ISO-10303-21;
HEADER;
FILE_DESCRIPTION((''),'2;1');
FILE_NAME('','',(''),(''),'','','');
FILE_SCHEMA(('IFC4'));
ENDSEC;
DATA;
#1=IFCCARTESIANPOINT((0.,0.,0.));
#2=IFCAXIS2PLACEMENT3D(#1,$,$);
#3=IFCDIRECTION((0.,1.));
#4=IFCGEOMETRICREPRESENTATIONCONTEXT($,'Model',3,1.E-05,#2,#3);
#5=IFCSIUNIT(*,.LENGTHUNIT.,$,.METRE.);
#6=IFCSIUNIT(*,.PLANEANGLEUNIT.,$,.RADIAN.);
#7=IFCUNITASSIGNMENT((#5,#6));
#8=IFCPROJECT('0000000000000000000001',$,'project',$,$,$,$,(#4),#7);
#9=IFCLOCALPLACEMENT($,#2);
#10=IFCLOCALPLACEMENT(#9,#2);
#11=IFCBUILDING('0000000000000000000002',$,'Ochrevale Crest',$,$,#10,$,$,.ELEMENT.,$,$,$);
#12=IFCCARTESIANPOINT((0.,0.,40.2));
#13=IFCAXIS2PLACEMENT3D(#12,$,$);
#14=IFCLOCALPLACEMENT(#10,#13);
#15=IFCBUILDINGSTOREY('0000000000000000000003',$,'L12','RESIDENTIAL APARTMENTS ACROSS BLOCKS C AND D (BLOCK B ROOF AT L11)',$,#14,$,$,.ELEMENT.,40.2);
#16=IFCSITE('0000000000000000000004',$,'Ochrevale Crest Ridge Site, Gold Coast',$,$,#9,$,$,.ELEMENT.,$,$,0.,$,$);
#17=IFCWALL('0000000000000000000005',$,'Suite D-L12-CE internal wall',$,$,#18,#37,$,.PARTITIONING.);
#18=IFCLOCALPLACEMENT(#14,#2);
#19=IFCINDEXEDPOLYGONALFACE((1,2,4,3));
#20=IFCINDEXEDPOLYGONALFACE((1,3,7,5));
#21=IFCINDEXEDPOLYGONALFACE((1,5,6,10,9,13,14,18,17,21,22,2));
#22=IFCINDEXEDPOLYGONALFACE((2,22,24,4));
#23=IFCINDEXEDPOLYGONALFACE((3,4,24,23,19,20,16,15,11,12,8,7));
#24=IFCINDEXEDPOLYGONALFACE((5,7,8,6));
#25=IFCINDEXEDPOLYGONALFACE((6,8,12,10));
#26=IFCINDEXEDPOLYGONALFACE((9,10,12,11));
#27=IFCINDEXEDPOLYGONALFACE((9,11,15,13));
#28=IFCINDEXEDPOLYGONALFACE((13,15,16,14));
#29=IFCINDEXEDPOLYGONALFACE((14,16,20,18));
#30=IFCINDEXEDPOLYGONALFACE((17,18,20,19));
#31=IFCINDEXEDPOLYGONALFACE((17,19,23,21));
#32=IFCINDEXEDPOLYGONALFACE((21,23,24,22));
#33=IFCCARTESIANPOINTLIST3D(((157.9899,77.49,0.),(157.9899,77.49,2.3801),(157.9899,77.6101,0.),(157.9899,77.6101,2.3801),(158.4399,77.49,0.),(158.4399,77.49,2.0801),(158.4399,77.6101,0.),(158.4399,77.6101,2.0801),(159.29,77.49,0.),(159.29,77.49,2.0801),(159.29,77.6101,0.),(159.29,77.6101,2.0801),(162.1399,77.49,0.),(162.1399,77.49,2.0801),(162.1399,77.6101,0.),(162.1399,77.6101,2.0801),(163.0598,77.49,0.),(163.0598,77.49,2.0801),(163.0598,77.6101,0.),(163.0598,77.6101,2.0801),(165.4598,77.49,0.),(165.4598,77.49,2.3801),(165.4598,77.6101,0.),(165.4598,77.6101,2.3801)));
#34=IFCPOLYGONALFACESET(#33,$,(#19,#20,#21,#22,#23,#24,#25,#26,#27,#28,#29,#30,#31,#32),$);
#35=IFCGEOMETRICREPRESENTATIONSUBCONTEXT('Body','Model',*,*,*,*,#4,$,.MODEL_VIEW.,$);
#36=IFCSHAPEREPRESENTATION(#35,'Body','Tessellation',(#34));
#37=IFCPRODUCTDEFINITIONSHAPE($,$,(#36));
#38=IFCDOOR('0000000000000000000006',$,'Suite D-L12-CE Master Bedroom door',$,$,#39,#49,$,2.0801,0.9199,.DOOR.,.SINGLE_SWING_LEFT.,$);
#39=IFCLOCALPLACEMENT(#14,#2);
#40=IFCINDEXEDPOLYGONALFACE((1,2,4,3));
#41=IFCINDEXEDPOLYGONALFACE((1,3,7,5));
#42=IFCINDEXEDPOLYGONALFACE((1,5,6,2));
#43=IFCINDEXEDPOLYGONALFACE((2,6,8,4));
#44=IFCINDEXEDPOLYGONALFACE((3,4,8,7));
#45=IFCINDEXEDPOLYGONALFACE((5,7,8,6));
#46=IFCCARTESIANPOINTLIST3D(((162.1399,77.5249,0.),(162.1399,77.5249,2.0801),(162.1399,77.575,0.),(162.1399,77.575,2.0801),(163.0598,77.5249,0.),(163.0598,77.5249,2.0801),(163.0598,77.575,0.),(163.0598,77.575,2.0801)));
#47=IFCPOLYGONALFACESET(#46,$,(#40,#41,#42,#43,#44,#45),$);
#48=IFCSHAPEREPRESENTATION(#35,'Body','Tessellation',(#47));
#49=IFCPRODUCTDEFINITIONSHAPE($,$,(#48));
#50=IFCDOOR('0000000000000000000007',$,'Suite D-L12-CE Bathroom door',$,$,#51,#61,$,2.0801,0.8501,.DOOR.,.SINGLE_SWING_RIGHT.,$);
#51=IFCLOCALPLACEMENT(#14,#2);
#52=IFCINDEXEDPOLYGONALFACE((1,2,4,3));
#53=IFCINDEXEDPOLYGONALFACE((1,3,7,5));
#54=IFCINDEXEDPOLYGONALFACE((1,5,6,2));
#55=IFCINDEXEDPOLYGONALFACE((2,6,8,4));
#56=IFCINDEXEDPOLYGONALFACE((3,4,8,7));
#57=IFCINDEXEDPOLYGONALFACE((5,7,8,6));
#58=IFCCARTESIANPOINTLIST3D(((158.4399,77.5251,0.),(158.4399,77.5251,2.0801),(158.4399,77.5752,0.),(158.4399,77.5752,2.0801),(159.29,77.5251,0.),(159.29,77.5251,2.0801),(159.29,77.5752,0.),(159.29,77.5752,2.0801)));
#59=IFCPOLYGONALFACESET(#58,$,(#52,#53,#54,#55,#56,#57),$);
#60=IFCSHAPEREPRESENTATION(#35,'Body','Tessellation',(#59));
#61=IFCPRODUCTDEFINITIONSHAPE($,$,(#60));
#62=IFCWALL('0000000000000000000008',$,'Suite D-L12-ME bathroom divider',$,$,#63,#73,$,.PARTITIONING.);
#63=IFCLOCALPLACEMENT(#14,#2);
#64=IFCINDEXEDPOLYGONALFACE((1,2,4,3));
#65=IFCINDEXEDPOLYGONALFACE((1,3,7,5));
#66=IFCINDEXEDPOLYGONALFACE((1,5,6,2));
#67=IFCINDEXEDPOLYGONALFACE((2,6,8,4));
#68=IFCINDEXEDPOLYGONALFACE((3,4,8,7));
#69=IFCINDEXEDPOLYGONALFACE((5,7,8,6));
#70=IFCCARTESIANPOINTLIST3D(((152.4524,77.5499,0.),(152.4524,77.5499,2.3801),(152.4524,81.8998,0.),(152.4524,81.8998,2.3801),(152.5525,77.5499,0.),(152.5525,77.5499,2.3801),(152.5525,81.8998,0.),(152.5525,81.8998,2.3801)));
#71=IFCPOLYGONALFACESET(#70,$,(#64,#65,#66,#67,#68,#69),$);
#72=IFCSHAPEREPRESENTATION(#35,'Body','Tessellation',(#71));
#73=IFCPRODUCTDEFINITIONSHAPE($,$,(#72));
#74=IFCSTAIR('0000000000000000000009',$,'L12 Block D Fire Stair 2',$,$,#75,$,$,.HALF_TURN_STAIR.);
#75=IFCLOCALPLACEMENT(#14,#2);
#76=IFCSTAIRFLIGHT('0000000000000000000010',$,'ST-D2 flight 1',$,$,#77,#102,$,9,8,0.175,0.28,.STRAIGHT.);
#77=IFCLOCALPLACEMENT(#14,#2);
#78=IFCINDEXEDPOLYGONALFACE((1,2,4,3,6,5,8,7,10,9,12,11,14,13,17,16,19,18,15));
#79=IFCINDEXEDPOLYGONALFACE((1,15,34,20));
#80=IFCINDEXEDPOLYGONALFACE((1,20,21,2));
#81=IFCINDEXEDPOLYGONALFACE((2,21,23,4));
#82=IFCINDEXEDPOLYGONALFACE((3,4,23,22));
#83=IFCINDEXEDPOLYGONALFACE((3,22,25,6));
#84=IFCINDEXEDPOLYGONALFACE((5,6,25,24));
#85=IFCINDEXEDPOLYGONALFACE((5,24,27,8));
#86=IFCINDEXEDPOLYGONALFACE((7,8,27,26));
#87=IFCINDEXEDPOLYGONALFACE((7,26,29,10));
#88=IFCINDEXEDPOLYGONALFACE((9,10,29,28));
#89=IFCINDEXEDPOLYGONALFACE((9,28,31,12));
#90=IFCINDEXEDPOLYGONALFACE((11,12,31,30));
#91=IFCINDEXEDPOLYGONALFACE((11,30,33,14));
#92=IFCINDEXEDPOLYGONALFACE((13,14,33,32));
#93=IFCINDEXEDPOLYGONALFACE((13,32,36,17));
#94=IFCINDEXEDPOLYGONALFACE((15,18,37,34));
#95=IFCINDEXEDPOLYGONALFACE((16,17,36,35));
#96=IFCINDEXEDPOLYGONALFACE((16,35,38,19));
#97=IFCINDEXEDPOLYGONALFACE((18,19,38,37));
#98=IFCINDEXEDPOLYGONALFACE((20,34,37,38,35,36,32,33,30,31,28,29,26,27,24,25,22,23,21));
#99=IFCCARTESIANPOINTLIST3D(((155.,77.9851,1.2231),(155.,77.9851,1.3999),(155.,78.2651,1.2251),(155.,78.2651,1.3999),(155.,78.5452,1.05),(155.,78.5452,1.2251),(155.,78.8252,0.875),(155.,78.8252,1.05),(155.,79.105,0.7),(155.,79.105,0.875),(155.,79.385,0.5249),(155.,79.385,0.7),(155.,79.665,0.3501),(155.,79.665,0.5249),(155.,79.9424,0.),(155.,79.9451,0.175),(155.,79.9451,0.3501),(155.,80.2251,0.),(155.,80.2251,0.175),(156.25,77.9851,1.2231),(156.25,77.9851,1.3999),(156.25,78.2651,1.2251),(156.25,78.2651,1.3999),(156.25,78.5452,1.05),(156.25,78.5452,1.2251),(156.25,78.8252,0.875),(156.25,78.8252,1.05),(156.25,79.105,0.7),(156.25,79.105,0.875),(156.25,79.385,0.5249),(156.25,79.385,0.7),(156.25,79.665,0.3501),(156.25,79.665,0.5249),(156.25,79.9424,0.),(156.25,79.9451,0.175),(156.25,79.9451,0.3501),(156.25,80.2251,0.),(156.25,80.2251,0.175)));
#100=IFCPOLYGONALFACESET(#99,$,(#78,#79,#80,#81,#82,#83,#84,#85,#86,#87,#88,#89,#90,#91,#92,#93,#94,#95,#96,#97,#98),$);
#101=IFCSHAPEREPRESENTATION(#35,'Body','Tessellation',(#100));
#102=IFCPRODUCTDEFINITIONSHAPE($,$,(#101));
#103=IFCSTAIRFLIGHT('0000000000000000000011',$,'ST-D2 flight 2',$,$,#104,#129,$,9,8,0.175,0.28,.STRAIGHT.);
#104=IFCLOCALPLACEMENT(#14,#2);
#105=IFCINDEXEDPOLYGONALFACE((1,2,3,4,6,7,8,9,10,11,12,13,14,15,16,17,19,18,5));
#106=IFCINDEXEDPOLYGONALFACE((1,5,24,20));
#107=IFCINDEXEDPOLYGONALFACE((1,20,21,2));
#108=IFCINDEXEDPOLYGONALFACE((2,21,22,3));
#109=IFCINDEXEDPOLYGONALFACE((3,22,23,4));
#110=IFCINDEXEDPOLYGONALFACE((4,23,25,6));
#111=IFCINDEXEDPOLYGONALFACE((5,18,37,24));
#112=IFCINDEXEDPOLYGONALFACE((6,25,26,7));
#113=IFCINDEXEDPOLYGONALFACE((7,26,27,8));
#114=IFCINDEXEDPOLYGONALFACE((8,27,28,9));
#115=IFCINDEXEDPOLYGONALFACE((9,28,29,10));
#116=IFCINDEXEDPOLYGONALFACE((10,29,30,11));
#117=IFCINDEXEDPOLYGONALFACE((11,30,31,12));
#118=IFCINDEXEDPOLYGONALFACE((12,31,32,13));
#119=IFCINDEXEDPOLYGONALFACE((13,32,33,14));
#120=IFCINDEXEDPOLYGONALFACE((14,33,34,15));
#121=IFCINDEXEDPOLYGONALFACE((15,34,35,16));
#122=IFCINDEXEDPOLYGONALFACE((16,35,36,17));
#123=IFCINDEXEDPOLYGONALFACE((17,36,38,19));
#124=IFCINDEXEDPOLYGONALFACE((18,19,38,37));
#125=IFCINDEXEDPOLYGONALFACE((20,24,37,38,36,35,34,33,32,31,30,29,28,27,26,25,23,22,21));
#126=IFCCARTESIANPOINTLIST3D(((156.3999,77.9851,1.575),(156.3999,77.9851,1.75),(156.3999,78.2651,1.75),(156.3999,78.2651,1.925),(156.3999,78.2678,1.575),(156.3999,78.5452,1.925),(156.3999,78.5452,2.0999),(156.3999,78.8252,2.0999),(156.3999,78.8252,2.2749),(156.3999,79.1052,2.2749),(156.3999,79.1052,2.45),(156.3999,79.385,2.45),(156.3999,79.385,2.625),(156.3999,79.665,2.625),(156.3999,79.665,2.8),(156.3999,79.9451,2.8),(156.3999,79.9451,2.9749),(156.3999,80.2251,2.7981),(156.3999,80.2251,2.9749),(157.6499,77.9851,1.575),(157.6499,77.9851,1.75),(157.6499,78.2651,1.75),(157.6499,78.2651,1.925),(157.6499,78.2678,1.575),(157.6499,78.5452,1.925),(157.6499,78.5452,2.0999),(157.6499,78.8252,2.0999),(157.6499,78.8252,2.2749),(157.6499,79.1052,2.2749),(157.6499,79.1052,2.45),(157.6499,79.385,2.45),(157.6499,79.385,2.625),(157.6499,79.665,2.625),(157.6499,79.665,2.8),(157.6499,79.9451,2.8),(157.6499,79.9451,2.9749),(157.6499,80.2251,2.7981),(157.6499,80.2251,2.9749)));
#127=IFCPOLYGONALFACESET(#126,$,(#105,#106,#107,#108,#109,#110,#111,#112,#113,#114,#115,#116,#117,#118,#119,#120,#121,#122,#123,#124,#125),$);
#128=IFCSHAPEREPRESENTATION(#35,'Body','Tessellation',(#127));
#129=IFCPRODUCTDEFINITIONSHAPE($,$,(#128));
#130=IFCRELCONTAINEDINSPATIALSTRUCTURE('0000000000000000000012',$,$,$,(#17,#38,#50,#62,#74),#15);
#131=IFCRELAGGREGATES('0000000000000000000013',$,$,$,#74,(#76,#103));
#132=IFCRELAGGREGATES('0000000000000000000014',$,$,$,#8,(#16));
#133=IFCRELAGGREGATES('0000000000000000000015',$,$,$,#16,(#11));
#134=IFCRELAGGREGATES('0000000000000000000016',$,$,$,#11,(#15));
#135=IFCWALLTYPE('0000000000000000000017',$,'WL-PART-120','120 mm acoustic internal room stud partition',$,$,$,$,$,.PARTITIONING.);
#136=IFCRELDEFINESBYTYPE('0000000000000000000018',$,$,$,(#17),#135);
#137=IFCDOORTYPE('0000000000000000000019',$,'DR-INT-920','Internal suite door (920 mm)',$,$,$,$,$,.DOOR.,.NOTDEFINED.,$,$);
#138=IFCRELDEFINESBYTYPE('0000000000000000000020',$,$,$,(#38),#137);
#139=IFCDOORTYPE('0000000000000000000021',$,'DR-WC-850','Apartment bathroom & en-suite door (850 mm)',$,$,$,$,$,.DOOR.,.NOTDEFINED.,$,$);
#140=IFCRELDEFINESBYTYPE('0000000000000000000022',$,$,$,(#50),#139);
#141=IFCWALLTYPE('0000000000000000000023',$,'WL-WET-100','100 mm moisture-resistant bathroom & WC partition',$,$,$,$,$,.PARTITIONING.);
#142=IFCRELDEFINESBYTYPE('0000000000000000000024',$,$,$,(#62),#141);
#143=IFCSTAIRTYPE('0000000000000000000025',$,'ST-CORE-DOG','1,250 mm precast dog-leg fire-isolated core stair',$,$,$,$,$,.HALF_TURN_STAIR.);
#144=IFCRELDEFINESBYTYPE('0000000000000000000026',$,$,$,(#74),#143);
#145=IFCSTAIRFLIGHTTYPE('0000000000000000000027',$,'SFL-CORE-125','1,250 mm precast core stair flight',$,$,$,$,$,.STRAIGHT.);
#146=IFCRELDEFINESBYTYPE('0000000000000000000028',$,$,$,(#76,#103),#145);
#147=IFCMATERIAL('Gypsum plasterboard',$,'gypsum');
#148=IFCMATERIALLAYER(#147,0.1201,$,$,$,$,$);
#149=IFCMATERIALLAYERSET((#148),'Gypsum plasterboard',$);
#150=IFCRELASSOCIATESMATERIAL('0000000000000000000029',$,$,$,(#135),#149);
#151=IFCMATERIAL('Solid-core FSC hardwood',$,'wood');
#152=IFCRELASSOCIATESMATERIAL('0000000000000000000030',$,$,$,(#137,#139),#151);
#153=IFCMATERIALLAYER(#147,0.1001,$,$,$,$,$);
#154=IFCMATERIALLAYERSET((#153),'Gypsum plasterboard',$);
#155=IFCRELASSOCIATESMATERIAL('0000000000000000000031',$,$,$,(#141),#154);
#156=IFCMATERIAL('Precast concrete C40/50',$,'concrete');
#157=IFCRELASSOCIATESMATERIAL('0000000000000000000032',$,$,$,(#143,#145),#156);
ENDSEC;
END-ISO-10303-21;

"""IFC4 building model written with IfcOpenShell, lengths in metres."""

from ifc_helpers import new_model, si_unit, direction, frame, frame_2d, origin, place, context, subcontext, project, spatial, polyline, rectangle, outline, extrude, material, layer, layer_set, type_object, element, fill, aggregate, save


model = new_model("IFC4")

# Units and contexts
model_context = context("Model", 3, precision=1e-05, world=origin(), true_north=direction((0.0, 1.0)))
body_context = subcontext(model_context, "Body", "Model", "MODEL_VIEW")
ifc_project = project(units=[si_unit("LENGTHUNIT", "METRE"), si_unit("PLANEANGLEUNIT", "RADIAN")], contexts=[model_context])

# Site, building, storey
site_placement = place(None, origin())
site = spatial("IfcSite", under=ifc_project, at=site_placement, Name="Ochrevale Crest Ridge Site, Gold Coast", CompositionType="ELEMENT", RefElevation=0.0)
building_placement = place(site_placement, origin())
building = spatial("IfcBuilding", under=site, at=building_placement, Name="Ochrevale Crest", CompositionType="ELEMENT")
storey_placement = place(building_placement, frame((0.0, 0.0, 40.2)))
storey = spatial("IfcBuildingStorey", under=building, at=storey_placement, Name="L12", Description="RESIDENTIAL APARTMENTS ACROSS BLOCKS C AND D (BLOCK B ROOF AT L11)", CompositionType="ELEMENT", Elevation=40.2)

# Wall, openings, doors
ifc_material_1 = material(Name="Gypsum plasterboard", Category="gypsum")
ifc_layer_1 = layer(ifc_material_1, 0.1201)
ifc_layer_set_1 = layer_set([ifc_layer_1], Name="Gypsum plasterboard")
wall_type_1 = type_object("IfcWallType", Name="WL-PART-120", Description="120 mm acoustic internal room stud partition", PredefinedType="PARTITIONING", material=ifc_layer_set_1)
ifc_material_2 = material(Name="Solid-core FSC hardwood", Category="wood")
door_type_1 = type_object("IfcDoorType", Name="DR-INT-920", Description="Internal suite door (920 mm)", OperationType="NOTDEFINED", PredefinedType="DOOR", material=ifc_material_2)
door_type_2 = type_object("IfcDoorType", Name="DR-WC-850", Description="Apartment bathroom & en-suite door (850 mm)", OperationType="NOTDEFINED", PredefinedType="DOOR", material=ifc_material_2)
wall_1_placement = place(storey_placement, frame((157.99, 77.55, 0.0), z_axis=(0.0, 0.0, 1.0), x_axis=(1.0, 0.0, 0.0)))
wall_1 = element("IfcWall", 1, at=wall_1_placement, inside=storey, type_object=wall_type_1, Name="Suite D-L12-CE internal wall", PredefinedType="PARTITIONING", context=body_context, shape_type="SweptSolid", body=[
    extrude(rectangle(XDim=7.47, YDim=0.1201, at=frame_2d((3.7349, 0.0))), origin(), (0.0, 0.0, 1.0), 2.3801),
])
opening_1_placement = place(wall_1_placement, frame((1.3, 0.0, 0.0), z_axis=(0.0, 0.0, 1.0), x_axis=(-1.0, 0.0, 0.0)))
opening_1 = element("IfcOpeningElement", 2, at=opening_1_placement, cuts=wall_1, PredefinedType="OPENING", context=body_context, shape_type="SweptSolid", body=[
    extrude(rectangle(XDim=0.8501, YDim=2.0801, at=frame_2d((0.425, 1.04))), frame((0.0, 0.0701, 0.0), z_axis=(0.0, -1.0, 0.0), x_axis=(1.0, 0.0, 0.0)), (0.0, 0.0, 1.0), 0.1401),
])
opening_2_placement = place(wall_1_placement, frame((4.1499, 0.0, 0.0)))
opening_2 = element("IfcOpeningElement", 3, at=opening_2_placement, cuts=wall_1, PredefinedType="OPENING", context=body_context, shape_type="SweptSolid", body=[
    extrude(rectangle(XDim=0.9199, YDim=2.0801, at=frame_2d((0.46, 1.04))), frame((0.0, 0.0701, 0.0), z_axis=(0.0, -1.0, 0.0), x_axis=(1.0, 0.0, 0.0)), (0.0, 0.0, 1.0), 0.1401),
])
door_1_placement = place(opening_2_placement, origin())
door_1 = element("IfcDoor", 4, at=door_1_placement, inside=storey, type_object=door_type_1, Name="Suite D-L12-CE Master Bedroom door", OperationType="SINGLE_SWING_LEFT", OverallHeight=2.0801, OverallWidth=0.9199, PredefinedType="DOOR", context=body_context, shape_type="SweptSolid", body=[
    extrude(rectangle(XDim=0.9199, YDim=2.0801, at=frame_2d((0.46, 1.04))), frame((0.0, 0.0249, 0.0), z_axis=(0.0, -1.0, 0.0), x_axis=(1.0, 0.0, 0.0)), (0.0, 0.0, 1.0), 0.05),
])
fill(opening_2, door_1)
door_2_placement = place(opening_1_placement, origin())
door_2 = element("IfcDoor", 5, at=door_2_placement, inside=storey, type_object=door_type_2, Name="Suite D-L12-CE Bathroom door", OperationType="SINGLE_SWING_RIGHT", OverallHeight=2.0801, OverallWidth=0.8501, PredefinedType="DOOR", context=body_context, shape_type="SweptSolid", body=[
    extrude(rectangle(XDim=0.8501, YDim=2.0801, at=frame_2d((0.425, 1.04))), frame((0.0, 0.0249, 0.0), z_axis=(0.0, -1.0, 0.0), x_axis=(1.0, 0.0, 0.0)), (0.0, 0.0, 1.0), 0.05),
])
fill(opening_1, door_2)

# Wall
ifc_layer_2 = layer(ifc_material_1, 0.1001)
ifc_layer_set_2 = layer_set([ifc_layer_2], Name="Gypsum plasterboard")
wall_type_2 = type_object("IfcWallType", Name="WL-WET-100", Description="100 mm moisture-resistant bathroom & WC partition", PredefinedType="PARTITIONING", material=ifc_layer_set_2)
wall_2_placement = place(storey_placement, frame((152.5024, 77.55, 0.0), z_axis=(0.0, 0.0, 1.0), x_axis=(0.0, 1.0, 0.0)))
element("IfcWall", 6, at=wall_2_placement, inside=storey, type_object=wall_type_2, Name="Suite D-L12-ME bathroom divider", PredefinedType="PARTITIONING", context=body_context, shape_type="SweptSolid", body=[
    extrude(rectangle(XDim=4.3499, YDim=0.1001, at=frame_2d((2.1748, 0.0))), origin(), (0.0, 0.0, 1.0), 2.3801),
])

# Stair, stair flights
ifc_material_3 = material(Name="Precast concrete C40/50", Category="concrete")
stair_type = type_object("IfcStairType", Name="ST-CORE-DOG", Description="1,250 mm precast dog-leg fire-isolated core stair", PredefinedType="HALF_TURN_STAIR", material=ifc_material_3)
stair_placement = place(storey_placement, origin())
stair = element("IfcStair", 7, at=stair_placement, inside=storey, type_object=stair_type, Name="L12 Block D Fire Stair 2", PredefinedType="HALF_TURN_STAIR")
stair_flight_type = type_object("IfcStairFlightType", Name="SFL-CORE-125", Description="1,250 mm precast core stair flight", PredefinedType="STRAIGHT", material=ifc_material_3)
stair_flight_1_placement = place(storey_placement, frame((155.625, 80.2251, 0.0), z_axis=(0.0, 0.0, 1.0), x_axis=(0.0, -1.0, 0.0)))
stair_flight_1 = element("IfcStairFlight", 8, at=stair_flight_1_placement, type_object=stair_flight_type, Name="ST-D2 flight 1", NumberOfRisers=9, NumberOfTreads=8, PredefinedType="STRAIGHT", RiserHeight=0.175, TreadLength=0.28, context=body_context, shape_type="SweptSolid", body=[
    extrude(outline(polyline([(0.0, 0.0), (0.0, 0.175), (0.28, 0.175), (0.28, 0.3501), (0.5601, 0.3501), (0.5601, 0.5249), (0.8401, 0.5249), (0.8401, 0.7), (1.1201, 0.7), (1.1201, 0.875), (1.3999, 0.875), (1.3999, 1.05), (1.6799, 1.05), (1.6799, 1.2251), (1.96, 1.2251), (1.96, 1.3999), (2.24, 1.3999), (2.24, 1.575), (2.24, 1.2231), (0.2827, 0.0), (0.0, 0.0)])), frame((0.0, 0.625, 0.0), z_axis=(0.0, -1.0, 0.0), x_axis=(1.0, 0.0, 0.0)), (0.0, 0.0, 1.0), 1.25),
])
stair_flight_2_placement = place(storey_placement, frame((157.0249, 77.9851, 1.575), z_axis=(0.0, 0.0, 1.0), x_axis=(0.0, 1.0, 0.0)))
stair_flight_2 = element("IfcStairFlight", 9, at=stair_flight_2_placement, type_object=stair_flight_type, Name="ST-D2 flight 2", NumberOfRisers=9, NumberOfTreads=8, PredefinedType="STRAIGHT", RiserHeight=0.175, TreadLength=0.28, context=body_context, shape_type="SweptSolid", body=[
    extrude(outline(polyline([(0.0, 0.0), (0.0, 0.175), (0.28, 0.175), (0.28, 0.3501), (0.5601, 0.3501), (0.5601, 0.5249), (0.8401, 0.5249), (0.8401, 0.7), (1.1201, 0.7), (1.1201, 0.875), (1.3999, 0.875), (1.3999, 1.05), (1.6799, 1.05), (1.6799, 1.2251), (1.96, 1.2251), (1.96, 1.3999), (2.24, 1.3999), (2.24, 1.575), (2.24, 1.2231), (0.2827, 0.0), (0.0, 0.0)])), frame((0.0, 0.625, 0.0), z_axis=(0.0, -1.0, 0.0), x_axis=(1.0, 0.0, 0.0)), (0.0, 0.0, 1.0), 1.25),
])
aggregate(stair, [stair_flight_1, stair_flight_2])

save(model, "model.ifc")
